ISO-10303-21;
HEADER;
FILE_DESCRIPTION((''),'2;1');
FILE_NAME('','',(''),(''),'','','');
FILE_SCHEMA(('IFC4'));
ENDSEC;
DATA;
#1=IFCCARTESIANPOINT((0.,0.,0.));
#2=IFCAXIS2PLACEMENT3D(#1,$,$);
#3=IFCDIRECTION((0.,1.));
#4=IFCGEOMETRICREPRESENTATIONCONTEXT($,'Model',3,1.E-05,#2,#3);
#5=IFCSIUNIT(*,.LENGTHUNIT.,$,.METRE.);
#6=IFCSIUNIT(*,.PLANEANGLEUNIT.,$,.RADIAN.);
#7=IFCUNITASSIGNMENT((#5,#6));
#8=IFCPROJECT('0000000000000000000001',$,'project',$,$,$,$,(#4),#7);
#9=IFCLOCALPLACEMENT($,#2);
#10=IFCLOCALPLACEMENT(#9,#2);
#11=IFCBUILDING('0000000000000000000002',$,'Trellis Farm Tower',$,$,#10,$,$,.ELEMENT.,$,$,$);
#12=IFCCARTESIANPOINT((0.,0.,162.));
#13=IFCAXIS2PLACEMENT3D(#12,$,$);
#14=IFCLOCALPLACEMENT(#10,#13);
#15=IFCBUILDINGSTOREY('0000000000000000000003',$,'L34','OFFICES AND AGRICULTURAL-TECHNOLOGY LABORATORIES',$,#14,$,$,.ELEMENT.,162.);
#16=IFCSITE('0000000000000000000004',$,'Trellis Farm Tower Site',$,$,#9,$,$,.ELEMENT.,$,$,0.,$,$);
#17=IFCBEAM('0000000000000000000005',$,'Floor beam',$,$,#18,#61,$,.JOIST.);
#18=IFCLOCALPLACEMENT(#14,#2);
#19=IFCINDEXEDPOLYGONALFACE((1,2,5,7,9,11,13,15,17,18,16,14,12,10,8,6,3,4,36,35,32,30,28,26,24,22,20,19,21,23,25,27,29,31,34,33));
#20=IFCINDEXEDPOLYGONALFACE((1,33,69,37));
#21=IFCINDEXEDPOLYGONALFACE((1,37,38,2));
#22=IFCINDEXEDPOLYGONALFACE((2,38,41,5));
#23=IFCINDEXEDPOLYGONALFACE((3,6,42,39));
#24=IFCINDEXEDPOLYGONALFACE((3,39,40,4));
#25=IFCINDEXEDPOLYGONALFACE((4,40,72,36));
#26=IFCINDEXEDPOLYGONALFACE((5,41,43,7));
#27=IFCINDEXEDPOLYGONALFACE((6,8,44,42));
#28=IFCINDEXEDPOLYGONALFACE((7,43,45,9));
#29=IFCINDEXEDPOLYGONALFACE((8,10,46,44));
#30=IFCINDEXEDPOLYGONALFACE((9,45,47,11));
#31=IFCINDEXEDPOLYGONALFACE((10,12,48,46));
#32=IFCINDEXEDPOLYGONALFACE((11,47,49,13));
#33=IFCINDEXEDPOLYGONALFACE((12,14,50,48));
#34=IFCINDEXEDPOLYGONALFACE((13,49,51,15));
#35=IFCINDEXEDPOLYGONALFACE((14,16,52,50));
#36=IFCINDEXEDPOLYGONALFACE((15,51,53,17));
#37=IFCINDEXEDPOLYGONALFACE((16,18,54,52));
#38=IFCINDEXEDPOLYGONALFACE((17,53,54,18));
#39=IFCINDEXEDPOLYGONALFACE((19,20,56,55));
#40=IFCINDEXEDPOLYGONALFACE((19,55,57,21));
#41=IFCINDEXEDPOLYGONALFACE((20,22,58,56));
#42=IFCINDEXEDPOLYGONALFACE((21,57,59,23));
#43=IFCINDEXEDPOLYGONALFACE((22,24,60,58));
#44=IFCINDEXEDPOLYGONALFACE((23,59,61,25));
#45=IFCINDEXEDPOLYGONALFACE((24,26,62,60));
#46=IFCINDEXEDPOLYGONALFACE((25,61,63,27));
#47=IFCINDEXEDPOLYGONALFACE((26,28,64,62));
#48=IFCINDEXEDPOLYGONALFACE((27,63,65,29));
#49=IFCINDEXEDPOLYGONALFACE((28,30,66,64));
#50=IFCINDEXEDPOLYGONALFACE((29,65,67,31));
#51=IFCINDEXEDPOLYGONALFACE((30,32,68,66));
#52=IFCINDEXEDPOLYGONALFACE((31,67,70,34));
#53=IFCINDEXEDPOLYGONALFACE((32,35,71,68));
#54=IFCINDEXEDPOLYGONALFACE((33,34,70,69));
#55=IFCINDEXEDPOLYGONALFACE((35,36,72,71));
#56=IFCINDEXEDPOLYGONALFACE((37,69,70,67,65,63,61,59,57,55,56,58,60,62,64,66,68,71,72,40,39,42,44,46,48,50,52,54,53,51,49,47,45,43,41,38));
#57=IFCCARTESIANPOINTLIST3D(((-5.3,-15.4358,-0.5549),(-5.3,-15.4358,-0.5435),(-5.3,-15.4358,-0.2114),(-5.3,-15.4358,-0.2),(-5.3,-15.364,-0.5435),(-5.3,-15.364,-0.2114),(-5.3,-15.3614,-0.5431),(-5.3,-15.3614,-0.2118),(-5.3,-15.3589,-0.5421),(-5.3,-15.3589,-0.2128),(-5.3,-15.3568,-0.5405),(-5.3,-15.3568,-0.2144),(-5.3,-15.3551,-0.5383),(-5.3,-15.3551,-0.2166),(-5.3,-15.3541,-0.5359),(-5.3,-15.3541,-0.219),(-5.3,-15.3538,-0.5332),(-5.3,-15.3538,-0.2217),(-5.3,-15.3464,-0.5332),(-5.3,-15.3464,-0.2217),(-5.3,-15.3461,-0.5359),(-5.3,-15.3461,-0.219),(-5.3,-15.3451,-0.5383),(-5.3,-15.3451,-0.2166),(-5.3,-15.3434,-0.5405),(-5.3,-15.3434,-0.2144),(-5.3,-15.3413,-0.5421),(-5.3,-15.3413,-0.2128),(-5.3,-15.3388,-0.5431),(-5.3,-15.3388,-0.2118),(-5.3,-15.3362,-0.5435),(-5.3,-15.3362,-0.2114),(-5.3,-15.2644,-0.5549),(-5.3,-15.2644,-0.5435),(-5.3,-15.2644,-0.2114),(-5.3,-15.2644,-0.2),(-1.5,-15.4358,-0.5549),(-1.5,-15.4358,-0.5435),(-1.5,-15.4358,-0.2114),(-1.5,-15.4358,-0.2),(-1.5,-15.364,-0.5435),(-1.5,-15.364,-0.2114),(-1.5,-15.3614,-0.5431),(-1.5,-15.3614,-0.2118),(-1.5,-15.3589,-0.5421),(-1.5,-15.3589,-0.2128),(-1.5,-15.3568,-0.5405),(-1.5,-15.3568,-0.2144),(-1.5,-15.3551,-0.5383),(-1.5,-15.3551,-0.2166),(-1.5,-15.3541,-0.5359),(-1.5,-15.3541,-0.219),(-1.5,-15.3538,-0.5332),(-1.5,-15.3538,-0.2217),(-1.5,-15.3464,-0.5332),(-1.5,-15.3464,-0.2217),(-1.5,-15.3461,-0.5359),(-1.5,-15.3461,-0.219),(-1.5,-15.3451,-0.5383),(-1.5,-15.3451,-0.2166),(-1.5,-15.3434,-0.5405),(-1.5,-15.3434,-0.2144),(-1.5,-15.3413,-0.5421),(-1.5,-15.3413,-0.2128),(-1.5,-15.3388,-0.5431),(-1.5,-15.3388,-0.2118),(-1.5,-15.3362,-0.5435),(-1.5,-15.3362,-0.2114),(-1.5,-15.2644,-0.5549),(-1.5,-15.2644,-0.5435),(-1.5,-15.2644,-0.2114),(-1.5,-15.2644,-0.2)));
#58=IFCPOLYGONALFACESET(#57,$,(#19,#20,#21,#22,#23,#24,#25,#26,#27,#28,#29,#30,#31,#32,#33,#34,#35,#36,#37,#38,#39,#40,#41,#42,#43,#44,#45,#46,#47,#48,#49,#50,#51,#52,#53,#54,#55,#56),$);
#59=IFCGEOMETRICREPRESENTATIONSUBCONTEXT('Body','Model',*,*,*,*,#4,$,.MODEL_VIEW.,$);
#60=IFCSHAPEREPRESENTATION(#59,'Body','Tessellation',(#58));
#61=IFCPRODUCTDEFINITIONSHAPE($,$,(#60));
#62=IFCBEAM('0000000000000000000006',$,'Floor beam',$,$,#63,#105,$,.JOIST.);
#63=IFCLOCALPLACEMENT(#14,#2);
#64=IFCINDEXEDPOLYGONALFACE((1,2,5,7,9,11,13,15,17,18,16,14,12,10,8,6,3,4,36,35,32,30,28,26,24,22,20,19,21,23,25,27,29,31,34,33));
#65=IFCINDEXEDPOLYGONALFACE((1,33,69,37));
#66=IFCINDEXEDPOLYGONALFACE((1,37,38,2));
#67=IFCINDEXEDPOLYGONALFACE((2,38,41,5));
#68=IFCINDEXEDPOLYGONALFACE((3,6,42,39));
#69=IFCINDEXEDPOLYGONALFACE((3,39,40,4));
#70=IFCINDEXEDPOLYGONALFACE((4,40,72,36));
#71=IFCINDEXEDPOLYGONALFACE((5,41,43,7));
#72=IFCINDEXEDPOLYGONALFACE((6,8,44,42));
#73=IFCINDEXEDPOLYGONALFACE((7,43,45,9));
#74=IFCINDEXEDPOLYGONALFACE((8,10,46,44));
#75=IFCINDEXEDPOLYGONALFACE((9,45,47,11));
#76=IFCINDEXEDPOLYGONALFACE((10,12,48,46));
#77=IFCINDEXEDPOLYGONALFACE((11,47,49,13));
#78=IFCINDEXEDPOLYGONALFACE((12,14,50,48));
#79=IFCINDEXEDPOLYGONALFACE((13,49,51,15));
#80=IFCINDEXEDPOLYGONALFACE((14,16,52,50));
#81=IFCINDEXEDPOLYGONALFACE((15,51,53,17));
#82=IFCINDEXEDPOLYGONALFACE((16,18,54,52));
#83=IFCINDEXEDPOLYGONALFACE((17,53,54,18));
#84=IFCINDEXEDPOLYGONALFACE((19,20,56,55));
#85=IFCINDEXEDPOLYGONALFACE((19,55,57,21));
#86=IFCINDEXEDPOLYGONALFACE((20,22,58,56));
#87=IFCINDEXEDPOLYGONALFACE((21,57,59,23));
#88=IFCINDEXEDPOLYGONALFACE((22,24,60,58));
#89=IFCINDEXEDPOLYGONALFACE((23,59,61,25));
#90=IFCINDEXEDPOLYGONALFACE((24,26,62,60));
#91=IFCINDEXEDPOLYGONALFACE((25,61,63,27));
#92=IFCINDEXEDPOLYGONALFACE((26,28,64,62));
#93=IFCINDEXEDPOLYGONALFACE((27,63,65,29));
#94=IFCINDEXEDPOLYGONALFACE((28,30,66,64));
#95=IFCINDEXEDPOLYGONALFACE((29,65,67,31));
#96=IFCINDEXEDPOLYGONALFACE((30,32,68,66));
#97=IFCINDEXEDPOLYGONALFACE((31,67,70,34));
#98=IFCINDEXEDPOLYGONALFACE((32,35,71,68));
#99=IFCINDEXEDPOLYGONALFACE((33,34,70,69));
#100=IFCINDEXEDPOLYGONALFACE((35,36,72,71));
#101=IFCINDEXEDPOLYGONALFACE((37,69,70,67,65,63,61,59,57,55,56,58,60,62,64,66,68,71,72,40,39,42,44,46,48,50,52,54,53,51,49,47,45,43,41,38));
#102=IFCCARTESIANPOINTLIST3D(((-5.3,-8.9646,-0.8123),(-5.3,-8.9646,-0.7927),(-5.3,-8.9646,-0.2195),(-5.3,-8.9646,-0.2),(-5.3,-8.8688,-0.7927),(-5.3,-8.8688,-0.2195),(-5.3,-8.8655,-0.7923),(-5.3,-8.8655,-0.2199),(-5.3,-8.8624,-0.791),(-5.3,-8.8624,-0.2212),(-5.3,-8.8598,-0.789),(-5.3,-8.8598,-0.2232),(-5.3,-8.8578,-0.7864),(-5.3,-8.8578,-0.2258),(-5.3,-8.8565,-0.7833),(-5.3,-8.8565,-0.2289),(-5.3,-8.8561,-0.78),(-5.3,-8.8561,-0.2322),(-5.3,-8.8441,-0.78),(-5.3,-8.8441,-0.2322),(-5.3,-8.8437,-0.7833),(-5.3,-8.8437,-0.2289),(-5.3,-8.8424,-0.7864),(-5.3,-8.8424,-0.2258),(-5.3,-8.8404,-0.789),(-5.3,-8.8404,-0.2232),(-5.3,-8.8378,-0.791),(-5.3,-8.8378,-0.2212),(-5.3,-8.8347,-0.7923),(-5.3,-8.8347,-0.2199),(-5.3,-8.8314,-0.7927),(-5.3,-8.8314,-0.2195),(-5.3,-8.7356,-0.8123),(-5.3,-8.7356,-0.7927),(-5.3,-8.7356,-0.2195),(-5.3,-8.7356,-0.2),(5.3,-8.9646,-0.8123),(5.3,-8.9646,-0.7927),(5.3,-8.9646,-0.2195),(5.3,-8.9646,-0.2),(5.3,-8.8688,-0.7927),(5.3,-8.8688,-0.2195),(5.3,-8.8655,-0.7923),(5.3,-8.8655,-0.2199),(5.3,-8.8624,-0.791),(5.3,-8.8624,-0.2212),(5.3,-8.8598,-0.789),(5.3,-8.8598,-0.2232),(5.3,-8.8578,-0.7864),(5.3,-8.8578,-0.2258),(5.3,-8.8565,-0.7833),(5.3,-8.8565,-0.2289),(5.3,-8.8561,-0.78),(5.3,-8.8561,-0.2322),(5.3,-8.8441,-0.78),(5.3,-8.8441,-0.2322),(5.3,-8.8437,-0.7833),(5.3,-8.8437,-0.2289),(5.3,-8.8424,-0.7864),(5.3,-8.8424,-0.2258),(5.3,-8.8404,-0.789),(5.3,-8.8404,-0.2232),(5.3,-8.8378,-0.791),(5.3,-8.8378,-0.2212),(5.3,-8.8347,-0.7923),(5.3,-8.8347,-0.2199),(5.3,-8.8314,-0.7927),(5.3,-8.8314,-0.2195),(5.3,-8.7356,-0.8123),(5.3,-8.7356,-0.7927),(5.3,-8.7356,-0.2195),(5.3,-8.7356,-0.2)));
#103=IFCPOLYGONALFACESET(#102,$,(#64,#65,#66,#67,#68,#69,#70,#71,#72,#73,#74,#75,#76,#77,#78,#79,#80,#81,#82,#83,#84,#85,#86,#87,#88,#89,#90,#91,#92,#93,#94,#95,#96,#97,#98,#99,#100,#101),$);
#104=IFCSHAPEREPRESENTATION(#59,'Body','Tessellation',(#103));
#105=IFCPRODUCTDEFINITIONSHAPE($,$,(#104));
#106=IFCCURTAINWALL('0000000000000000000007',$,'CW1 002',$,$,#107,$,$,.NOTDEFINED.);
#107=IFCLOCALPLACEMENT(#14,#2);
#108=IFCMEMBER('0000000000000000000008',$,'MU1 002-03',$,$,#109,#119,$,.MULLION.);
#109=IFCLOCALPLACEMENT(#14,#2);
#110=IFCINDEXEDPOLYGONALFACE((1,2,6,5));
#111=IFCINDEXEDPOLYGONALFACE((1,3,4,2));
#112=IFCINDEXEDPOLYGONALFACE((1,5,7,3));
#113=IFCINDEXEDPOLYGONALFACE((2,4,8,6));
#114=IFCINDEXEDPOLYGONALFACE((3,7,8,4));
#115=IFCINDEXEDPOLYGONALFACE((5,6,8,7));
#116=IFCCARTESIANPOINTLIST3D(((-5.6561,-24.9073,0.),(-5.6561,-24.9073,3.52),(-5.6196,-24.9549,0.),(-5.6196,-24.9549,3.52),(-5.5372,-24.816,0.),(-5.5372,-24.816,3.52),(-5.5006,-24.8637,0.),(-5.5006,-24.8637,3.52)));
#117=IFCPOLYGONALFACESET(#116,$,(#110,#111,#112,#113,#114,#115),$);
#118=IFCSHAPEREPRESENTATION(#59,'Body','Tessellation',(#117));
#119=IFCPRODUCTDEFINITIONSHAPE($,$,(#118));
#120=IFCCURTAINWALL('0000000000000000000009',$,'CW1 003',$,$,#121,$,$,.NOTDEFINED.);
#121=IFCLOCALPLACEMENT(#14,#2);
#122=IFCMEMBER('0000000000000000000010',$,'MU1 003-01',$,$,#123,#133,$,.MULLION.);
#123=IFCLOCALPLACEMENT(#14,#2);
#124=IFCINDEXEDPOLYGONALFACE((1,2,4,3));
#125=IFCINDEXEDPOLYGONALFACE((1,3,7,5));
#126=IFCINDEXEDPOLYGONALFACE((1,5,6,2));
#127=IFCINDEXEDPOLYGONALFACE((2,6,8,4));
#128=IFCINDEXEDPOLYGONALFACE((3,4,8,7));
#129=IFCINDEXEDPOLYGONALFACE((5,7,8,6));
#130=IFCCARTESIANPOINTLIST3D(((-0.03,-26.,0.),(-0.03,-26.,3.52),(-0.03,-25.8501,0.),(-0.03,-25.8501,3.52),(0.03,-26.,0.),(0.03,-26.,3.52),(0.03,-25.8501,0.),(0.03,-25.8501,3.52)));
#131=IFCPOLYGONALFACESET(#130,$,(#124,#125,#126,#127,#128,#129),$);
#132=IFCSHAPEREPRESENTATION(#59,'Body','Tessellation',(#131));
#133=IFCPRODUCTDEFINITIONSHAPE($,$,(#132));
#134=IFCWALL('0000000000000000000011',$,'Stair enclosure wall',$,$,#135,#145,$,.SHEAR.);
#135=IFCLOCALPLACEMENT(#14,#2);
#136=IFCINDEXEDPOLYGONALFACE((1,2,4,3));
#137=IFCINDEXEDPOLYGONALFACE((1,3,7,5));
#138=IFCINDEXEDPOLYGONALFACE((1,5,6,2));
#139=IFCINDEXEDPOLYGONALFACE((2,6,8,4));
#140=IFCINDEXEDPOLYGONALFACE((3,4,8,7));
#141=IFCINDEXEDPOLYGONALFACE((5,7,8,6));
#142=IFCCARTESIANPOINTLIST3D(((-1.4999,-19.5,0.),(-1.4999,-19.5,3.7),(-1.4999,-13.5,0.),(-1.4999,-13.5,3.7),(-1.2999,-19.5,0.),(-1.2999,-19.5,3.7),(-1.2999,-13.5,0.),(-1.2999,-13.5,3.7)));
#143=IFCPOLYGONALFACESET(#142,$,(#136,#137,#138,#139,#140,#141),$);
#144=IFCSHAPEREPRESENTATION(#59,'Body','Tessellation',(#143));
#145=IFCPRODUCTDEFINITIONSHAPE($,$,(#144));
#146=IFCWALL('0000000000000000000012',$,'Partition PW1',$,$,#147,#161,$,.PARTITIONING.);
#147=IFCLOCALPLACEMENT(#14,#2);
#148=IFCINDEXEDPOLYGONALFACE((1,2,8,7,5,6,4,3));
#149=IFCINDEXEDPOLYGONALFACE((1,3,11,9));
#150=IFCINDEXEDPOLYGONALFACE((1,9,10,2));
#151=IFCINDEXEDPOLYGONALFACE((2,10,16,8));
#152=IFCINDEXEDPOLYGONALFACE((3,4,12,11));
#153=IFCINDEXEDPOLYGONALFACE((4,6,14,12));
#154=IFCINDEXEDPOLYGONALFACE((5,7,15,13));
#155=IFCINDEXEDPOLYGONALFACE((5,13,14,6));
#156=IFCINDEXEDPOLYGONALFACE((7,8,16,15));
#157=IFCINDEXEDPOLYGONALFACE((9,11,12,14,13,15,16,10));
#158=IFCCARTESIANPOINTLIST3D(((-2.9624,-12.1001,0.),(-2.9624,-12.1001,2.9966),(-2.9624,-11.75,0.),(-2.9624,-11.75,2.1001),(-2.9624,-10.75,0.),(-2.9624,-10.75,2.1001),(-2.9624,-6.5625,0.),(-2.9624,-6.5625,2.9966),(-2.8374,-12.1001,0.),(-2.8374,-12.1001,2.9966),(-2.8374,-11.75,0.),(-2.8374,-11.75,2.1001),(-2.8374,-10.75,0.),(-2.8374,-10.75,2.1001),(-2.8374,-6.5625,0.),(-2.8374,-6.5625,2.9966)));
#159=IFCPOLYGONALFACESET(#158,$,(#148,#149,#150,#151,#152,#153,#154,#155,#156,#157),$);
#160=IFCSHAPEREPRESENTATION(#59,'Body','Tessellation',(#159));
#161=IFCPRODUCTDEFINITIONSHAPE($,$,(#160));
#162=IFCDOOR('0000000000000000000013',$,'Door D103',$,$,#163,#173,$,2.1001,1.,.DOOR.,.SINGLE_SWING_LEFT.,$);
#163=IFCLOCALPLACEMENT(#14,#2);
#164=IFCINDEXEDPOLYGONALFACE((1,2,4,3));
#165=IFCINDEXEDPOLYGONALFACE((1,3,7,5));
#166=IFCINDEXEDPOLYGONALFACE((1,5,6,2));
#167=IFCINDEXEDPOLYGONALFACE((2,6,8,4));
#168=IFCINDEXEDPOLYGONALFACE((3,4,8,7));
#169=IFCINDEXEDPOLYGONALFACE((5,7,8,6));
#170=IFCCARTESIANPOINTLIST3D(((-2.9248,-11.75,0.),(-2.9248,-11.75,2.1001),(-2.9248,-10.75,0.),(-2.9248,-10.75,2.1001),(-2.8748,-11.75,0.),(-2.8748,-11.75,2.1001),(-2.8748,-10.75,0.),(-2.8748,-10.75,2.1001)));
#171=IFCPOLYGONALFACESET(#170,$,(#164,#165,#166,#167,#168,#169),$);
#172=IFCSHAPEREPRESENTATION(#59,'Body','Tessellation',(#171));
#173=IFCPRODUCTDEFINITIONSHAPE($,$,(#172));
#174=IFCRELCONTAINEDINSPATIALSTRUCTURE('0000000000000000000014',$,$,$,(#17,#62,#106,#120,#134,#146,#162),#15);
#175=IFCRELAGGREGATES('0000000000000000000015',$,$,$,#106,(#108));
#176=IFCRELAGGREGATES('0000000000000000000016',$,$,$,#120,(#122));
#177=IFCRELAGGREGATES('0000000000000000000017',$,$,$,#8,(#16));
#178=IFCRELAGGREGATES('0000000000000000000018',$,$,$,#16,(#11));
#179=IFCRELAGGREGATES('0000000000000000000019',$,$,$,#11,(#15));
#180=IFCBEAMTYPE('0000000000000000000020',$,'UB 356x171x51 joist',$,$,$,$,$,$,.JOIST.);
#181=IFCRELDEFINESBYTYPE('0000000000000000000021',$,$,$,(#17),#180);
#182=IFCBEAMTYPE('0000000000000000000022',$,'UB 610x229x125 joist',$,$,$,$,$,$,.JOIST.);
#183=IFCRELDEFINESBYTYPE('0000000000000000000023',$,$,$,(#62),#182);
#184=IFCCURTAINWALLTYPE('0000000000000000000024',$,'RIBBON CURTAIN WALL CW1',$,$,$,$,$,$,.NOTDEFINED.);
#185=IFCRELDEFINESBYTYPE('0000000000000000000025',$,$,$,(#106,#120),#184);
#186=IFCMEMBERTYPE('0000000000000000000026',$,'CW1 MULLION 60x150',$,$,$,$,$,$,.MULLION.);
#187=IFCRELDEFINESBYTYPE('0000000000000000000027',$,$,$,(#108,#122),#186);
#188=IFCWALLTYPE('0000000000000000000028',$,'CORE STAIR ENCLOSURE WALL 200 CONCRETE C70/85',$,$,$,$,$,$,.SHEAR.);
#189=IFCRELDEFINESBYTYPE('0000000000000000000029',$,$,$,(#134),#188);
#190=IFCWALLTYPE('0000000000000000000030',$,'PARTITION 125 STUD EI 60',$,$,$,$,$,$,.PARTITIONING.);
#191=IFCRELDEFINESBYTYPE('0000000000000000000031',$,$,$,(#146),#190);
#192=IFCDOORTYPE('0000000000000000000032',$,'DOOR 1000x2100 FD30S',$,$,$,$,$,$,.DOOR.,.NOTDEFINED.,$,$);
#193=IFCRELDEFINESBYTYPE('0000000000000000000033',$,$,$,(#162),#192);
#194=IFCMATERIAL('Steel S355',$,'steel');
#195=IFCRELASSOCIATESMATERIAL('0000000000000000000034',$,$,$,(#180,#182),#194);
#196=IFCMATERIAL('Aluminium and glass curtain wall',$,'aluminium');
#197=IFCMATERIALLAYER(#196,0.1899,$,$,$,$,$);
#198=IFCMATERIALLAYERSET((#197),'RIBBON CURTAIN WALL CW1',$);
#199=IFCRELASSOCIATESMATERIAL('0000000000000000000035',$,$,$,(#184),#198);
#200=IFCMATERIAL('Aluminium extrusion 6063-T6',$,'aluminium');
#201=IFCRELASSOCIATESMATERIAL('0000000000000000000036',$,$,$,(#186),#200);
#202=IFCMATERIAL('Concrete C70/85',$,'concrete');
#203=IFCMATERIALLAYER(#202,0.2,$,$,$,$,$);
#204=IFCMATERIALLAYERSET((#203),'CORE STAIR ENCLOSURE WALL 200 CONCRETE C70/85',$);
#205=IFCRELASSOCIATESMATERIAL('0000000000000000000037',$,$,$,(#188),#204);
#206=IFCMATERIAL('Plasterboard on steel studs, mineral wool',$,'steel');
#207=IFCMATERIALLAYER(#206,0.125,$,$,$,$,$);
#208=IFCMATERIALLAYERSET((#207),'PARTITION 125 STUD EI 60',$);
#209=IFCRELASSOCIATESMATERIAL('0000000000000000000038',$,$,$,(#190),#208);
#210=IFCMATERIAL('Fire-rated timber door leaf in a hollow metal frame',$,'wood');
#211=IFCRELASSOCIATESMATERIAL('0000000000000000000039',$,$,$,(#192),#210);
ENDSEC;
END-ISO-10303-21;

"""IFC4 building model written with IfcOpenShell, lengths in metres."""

from ifc_helpers import new_model, si_unit, direction, frame, frame_2d, origin, origin_2d, place, context, subcontext, project, spatial, rectangle, i_section, extrude, source, transform, mapped, material, layer, layer_set, material_profile, profile_set, type_object, element, fill, aggregate, save


model = new_model("IFC4")

# Units and contexts
model_context = context("Model", 3, precision=1e-05, world=origin(), true_north=direction((0.0, 1.0)))
body_context = subcontext(model_context, "Body", "Model", "MODEL_VIEW")
ifc_project = project(units=[si_unit("LENGTHUNIT", "METRE"), si_unit("PLANEANGLEUNIT", "RADIAN")], contexts=[model_context])

# Site, building, storey
site_placement = place(None, origin())
site = spatial("IfcSite", under=ifc_project, at=site_placement, Name="Trellis Farm Tower Site", CompositionType="ELEMENT", RefElevation=0.0)
building_placement = place(site_placement, origin())
building = spatial("IfcBuilding", under=site, at=building_placement, Name="Trellis Farm Tower", CompositionType="ELEMENT")
storey_placement = place(building_placement, frame((0.0, 0.0, 162.0)))
storey = spatial("IfcBuildingStorey", under=building, at=storey_placement, Name="L34", Description="OFFICES AND AGRICULTURAL-TECHNOLOGY LABORATORIES", CompositionType="ELEMENT", Elevation=162.0)

# Shared definitions
ifc_material_1 = material(Name="Concrete C70/85", Category="concrete")

# Beams
ifc_material_2 = material(Name="Steel S355", Category="steel")
ifc_material_profile_1 = material_profile(ifc_material_2, i_section(OverallWidth=0.1714, OverallDepth=0.355, WebThickness=0.0073, FlangeThickness=0.0115, FilletRadius=0.0103, at=origin_2d()), Name="UB 356x171x51")
ifc_profile_set_1 = profile_set([ifc_material_profile_1], Name="Steel S355")
beam_type_1 = type_object("IfcBeamType", Name="UB 356x171x51 joist", PredefinedType="JOIST", material=ifc_profile_set_1)
shared_shape_1 = source(origin(), body_context, "Body", "SweptSolid", [
    extrude(i_section(OverallWidth=0.1714, OverallDepth=0.355, WebThickness=0.0073, FlangeThickness=0.0115, FilletRadius=0.0103, at=origin_2d()), origin(), (0.0, 0.0, 1.0), 3.8),
])
beam_1_placement = place(storey_placement, frame((-5.3, -15.3501, -0.3774), z_axis=(1.0, 0.0, 0.0), x_axis=(0.0, 1.0, 0.0)))
element("IfcBeam", 1, at=beam_1_placement, inside=storey, type_object=beam_type_1, Name="Floor beam", PredefinedType="JOIST", context=body_context, shape_type="MappedRepresentation", body=[
    mapped(shared_shape_1, transform((0.0, 0.0, 0.0))),
])
ifc_material_profile_2 = material_profile(ifc_material_2, i_section(OverallWidth=0.229, OverallDepth=0.6123, WebThickness=0.012, FlangeThickness=0.0195, FilletRadius=0.0127, at=origin_2d()), Name="UB 610x229x125")
ifc_profile_set_2 = profile_set([ifc_material_profile_2], Name="Steel S355")
beam_type_2 = type_object("IfcBeamType", Name="UB 610x229x125 joist", PredefinedType="JOIST", material=ifc_profile_set_2)
shared_shape_2 = source(origin(), body_context, "Body", "SweptSolid", [
    extrude(i_section(OverallWidth=0.229, OverallDepth=0.6123, WebThickness=0.012, FlangeThickness=0.0195, FilletRadius=0.0127, at=origin_2d()), origin(), (0.0, 0.0, 1.0), 10.6001),
])
beam_2_placement = place(storey_placement, frame((-5.3, -8.8501, -0.5061), z_axis=(1.0, 0.0, 0.0), x_axis=(0.0, 1.0, 0.0)))
element("IfcBeam", 2, at=beam_2_placement, inside=storey, type_object=beam_type_2, Name="Floor beam", PredefinedType="JOIST", context=body_context, shape_type="MappedRepresentation", body=[
    mapped(shared_shape_2, transform((0.0, 0.0, 0.0))),
])

# Curtain walls, members
ifc_material_3 = material(Name="Aluminium and glass curtain wall", Category="aluminium")
ifc_layer_1 = layer(ifc_material_3, 0.1899)
ifc_layer_set_1 = layer_set([ifc_layer_1], Name="RIBBON CURTAIN WALL CW1")
curtain_wall_type = type_object("IfcCurtainWallType", Name="RIBBON CURTAIN WALL CW1", PredefinedType="NOTDEFINED", material=ifc_layer_set_1)
placement = place(storey_placement, origin())
curtain_wall_1 = element("IfcCurtainWall", 3, at=placement, inside=storey, type_object=curtain_wall_type, Name="CW1 002", PredefinedType="NOTDEFINED")
ifc_material_4 = material(Name="Aluminium extrusion 6063-T6", Category="aluminium")
ifc_material_profile_3 = material_profile(ifc_material_4, rectangle(XDim=0.0601, YDim=0.1499, at=origin_2d()), Name="MULLION 60x150")
ifc_profile_set_3 = profile_set([ifc_material_profile_3], Name="Aluminium extrusion 6063-T6")
member_type = type_object("IfcMemberType", Name="CW1 MULLION 60x150", PredefinedType="MULLION", material=ifc_profile_set_3)
shared_shape_3 = source(origin(), body_context, "Body", "SweptSolid", [
    extrude(rectangle(XDim=0.0601, YDim=0.1499, at=origin_2d()), origin(), (0.0, 0.0, 1.0), 3.52),
])
member_1_placement = place(storey_placement, frame((-5.5784, -24.8855, 0.0), z_axis=(0.0, 0.0, 1.0), x_axis=(0.608761, -0.793353, 0.0)))
member_1 = element("IfcMember", 4, at=member_1_placement, type_object=member_type, Name="MU1 002-03", PredefinedType="MULLION", context=body_context, shape_type="MappedRepresentation", body=[
    mapped(shared_shape_3, transform((0.0, 0.0, 0.0))),
])
aggregate(curtain_wall_1, [member_1])
curtain_wall_2 = element("IfcCurtainWall", 5, at=placement, inside=storey, type_object=curtain_wall_type, Name="CW1 003", PredefinedType="NOTDEFINED")
member_2_placement = place(storey_placement, frame((0.0, -25.925, 0.0), z_axis=(0.0, 0.0, 1.0), x_axis=(1.0, 0.0, 0.0)))
member_2 = element("IfcMember", 6, at=member_2_placement, type_object=member_type, Name="MU1 003-01", PredefinedType="MULLION", context=body_context, shape_type="MappedRepresentation", body=[
    mapped(shared_shape_3, transform((0.0, 0.0, 0.0))),
])
aggregate(curtain_wall_2, [member_2])

# Wall
ifc_layer_2 = layer(ifc_material_1, 0.2)
ifc_layer_set_2 = layer_set([ifc_layer_2], Name="CORE STAIR ENCLOSURE WALL 200 CONCRETE C70/85")
wall_type_1 = type_object("IfcWallType", Name="CORE STAIR ENCLOSURE WALL 200 CONCRETE C70/85", PredefinedType="SHEAR", material=ifc_layer_set_2)
shared_shape_4 = source(origin(), body_context, "Body", "SweptSolid", [
    extrude(rectangle(XDim=6.0, YDim=0.2, at=frame_2d((3.0, 0.0))), origin(), (0.0, 0.0, 1.0), 3.7),
])
wall_1_placement = place(storey_placement, frame((-1.3999, -13.5, 0.0), z_axis=(0.0, 0.0, 1.0), x_axis=(0.0, -1.0, 0.0)))
element("IfcWall", 7, at=wall_1_placement, inside=storey, type_object=wall_type_1, Name="Stair enclosure wall", PredefinedType="SHEAR", context=body_context, shape_type="MappedRepresentation", body=[
    mapped(shared_shape_4, transform((0.0, 0.0, 0.0))),
])

# Wall, opening, door
ifc_material_5 = material(Name="Plasterboard on steel studs, mineral wool", Category="steel")
ifc_layer_3 = layer(ifc_material_5, 0.125)
ifc_layer_set_3 = layer_set([ifc_layer_3], Name="PARTITION 125 STUD EI 60")
wall_type_2 = type_object("IfcWallType", Name="PARTITION 125 STUD EI 60", PredefinedType="PARTITIONING", material=ifc_layer_set_3)
shared_shape_5 = source(origin(), body_context, "Body", "SweptSolid", [
    extrude(rectangle(XDim=5.5376, YDim=0.125, at=frame_2d((2.7688, 0.0))), origin(), (0.0, 0.0, 1.0), 2.9966),
])
wall_2_placement = place(storey_placement, frame((-2.8999, -12.1001, 0.0), z_axis=(0.0, 0.0, 1.0), x_axis=(0.0, 1.0, 0.0)))
wall_2 = element("IfcWall", 8, at=wall_2_placement, inside=storey, type_object=wall_type_2, Name="Partition PW1", PredefinedType="PARTITIONING", context=body_context, shape_type="MappedRepresentation", body=[
    mapped(shared_shape_5, transform((0.0, 0.0, 0.0))),
])
shared_shape_6 = source(origin(), body_context, "Body", "SweptSolid", [
    extrude(rectangle(XDim=1.0, YDim=2.1001, at=frame_2d((0.5, 1.05))), frame((0.0, 0.0725, 0.0), z_axis=(0.0, -1.0, 0.0), x_axis=(1.0, 0.0, 0.0)), (0.0, 0.0, 1.0), 0.145),
])
opening_1_placement = place(wall_2_placement, frame((0.3501, 0.0, 0.0)))
opening_1 = element("IfcOpeningElement", 9, at=opening_1_placement, cuts=wall_2, PredefinedType="OPENING", context=body_context, shape_type="MappedRepresentation", body=[
    mapped(shared_shape_6, transform((0.0, 0.0, 0.0))),
])
ifc_material_6 = material(Name="Fire-rated timber door leaf in a hollow metal frame", Category="wood")
door_type = type_object("IfcDoorType", Name="DOOR 1000x2100 FD30S", OperationType="NOTDEFINED", PredefinedType="DOOR", material=ifc_material_6)
shared_shape_7 = source(origin(), body_context, "Body", "SweptSolid", [
    extrude(rectangle(XDim=1.0, YDim=2.1001, at=frame_2d((0.5, 1.05))), frame((0.0, 0.0249, 0.0), z_axis=(0.0, -1.0, 0.0), x_axis=(1.0, 0.0, 0.0)), (0.0, 0.0, 1.0), 0.05),
])
door_1_placement = place(opening_1_placement, origin())
door_1 = element("IfcDoor", 10, at=door_1_placement, inside=storey, type_object=door_type, Name="Door D103", OperationType="SINGLE_SWING_LEFT", OverallHeight=2.1001, OverallWidth=1.0, PredefinedType="DOOR", context=body_context, shape_type="MappedRepresentation", body=[
    mapped(shared_shape_7, transform((0.0, 0.0, 0.0))),
])
fill(opening_1, door_1)

save(model, "model.ifc")
